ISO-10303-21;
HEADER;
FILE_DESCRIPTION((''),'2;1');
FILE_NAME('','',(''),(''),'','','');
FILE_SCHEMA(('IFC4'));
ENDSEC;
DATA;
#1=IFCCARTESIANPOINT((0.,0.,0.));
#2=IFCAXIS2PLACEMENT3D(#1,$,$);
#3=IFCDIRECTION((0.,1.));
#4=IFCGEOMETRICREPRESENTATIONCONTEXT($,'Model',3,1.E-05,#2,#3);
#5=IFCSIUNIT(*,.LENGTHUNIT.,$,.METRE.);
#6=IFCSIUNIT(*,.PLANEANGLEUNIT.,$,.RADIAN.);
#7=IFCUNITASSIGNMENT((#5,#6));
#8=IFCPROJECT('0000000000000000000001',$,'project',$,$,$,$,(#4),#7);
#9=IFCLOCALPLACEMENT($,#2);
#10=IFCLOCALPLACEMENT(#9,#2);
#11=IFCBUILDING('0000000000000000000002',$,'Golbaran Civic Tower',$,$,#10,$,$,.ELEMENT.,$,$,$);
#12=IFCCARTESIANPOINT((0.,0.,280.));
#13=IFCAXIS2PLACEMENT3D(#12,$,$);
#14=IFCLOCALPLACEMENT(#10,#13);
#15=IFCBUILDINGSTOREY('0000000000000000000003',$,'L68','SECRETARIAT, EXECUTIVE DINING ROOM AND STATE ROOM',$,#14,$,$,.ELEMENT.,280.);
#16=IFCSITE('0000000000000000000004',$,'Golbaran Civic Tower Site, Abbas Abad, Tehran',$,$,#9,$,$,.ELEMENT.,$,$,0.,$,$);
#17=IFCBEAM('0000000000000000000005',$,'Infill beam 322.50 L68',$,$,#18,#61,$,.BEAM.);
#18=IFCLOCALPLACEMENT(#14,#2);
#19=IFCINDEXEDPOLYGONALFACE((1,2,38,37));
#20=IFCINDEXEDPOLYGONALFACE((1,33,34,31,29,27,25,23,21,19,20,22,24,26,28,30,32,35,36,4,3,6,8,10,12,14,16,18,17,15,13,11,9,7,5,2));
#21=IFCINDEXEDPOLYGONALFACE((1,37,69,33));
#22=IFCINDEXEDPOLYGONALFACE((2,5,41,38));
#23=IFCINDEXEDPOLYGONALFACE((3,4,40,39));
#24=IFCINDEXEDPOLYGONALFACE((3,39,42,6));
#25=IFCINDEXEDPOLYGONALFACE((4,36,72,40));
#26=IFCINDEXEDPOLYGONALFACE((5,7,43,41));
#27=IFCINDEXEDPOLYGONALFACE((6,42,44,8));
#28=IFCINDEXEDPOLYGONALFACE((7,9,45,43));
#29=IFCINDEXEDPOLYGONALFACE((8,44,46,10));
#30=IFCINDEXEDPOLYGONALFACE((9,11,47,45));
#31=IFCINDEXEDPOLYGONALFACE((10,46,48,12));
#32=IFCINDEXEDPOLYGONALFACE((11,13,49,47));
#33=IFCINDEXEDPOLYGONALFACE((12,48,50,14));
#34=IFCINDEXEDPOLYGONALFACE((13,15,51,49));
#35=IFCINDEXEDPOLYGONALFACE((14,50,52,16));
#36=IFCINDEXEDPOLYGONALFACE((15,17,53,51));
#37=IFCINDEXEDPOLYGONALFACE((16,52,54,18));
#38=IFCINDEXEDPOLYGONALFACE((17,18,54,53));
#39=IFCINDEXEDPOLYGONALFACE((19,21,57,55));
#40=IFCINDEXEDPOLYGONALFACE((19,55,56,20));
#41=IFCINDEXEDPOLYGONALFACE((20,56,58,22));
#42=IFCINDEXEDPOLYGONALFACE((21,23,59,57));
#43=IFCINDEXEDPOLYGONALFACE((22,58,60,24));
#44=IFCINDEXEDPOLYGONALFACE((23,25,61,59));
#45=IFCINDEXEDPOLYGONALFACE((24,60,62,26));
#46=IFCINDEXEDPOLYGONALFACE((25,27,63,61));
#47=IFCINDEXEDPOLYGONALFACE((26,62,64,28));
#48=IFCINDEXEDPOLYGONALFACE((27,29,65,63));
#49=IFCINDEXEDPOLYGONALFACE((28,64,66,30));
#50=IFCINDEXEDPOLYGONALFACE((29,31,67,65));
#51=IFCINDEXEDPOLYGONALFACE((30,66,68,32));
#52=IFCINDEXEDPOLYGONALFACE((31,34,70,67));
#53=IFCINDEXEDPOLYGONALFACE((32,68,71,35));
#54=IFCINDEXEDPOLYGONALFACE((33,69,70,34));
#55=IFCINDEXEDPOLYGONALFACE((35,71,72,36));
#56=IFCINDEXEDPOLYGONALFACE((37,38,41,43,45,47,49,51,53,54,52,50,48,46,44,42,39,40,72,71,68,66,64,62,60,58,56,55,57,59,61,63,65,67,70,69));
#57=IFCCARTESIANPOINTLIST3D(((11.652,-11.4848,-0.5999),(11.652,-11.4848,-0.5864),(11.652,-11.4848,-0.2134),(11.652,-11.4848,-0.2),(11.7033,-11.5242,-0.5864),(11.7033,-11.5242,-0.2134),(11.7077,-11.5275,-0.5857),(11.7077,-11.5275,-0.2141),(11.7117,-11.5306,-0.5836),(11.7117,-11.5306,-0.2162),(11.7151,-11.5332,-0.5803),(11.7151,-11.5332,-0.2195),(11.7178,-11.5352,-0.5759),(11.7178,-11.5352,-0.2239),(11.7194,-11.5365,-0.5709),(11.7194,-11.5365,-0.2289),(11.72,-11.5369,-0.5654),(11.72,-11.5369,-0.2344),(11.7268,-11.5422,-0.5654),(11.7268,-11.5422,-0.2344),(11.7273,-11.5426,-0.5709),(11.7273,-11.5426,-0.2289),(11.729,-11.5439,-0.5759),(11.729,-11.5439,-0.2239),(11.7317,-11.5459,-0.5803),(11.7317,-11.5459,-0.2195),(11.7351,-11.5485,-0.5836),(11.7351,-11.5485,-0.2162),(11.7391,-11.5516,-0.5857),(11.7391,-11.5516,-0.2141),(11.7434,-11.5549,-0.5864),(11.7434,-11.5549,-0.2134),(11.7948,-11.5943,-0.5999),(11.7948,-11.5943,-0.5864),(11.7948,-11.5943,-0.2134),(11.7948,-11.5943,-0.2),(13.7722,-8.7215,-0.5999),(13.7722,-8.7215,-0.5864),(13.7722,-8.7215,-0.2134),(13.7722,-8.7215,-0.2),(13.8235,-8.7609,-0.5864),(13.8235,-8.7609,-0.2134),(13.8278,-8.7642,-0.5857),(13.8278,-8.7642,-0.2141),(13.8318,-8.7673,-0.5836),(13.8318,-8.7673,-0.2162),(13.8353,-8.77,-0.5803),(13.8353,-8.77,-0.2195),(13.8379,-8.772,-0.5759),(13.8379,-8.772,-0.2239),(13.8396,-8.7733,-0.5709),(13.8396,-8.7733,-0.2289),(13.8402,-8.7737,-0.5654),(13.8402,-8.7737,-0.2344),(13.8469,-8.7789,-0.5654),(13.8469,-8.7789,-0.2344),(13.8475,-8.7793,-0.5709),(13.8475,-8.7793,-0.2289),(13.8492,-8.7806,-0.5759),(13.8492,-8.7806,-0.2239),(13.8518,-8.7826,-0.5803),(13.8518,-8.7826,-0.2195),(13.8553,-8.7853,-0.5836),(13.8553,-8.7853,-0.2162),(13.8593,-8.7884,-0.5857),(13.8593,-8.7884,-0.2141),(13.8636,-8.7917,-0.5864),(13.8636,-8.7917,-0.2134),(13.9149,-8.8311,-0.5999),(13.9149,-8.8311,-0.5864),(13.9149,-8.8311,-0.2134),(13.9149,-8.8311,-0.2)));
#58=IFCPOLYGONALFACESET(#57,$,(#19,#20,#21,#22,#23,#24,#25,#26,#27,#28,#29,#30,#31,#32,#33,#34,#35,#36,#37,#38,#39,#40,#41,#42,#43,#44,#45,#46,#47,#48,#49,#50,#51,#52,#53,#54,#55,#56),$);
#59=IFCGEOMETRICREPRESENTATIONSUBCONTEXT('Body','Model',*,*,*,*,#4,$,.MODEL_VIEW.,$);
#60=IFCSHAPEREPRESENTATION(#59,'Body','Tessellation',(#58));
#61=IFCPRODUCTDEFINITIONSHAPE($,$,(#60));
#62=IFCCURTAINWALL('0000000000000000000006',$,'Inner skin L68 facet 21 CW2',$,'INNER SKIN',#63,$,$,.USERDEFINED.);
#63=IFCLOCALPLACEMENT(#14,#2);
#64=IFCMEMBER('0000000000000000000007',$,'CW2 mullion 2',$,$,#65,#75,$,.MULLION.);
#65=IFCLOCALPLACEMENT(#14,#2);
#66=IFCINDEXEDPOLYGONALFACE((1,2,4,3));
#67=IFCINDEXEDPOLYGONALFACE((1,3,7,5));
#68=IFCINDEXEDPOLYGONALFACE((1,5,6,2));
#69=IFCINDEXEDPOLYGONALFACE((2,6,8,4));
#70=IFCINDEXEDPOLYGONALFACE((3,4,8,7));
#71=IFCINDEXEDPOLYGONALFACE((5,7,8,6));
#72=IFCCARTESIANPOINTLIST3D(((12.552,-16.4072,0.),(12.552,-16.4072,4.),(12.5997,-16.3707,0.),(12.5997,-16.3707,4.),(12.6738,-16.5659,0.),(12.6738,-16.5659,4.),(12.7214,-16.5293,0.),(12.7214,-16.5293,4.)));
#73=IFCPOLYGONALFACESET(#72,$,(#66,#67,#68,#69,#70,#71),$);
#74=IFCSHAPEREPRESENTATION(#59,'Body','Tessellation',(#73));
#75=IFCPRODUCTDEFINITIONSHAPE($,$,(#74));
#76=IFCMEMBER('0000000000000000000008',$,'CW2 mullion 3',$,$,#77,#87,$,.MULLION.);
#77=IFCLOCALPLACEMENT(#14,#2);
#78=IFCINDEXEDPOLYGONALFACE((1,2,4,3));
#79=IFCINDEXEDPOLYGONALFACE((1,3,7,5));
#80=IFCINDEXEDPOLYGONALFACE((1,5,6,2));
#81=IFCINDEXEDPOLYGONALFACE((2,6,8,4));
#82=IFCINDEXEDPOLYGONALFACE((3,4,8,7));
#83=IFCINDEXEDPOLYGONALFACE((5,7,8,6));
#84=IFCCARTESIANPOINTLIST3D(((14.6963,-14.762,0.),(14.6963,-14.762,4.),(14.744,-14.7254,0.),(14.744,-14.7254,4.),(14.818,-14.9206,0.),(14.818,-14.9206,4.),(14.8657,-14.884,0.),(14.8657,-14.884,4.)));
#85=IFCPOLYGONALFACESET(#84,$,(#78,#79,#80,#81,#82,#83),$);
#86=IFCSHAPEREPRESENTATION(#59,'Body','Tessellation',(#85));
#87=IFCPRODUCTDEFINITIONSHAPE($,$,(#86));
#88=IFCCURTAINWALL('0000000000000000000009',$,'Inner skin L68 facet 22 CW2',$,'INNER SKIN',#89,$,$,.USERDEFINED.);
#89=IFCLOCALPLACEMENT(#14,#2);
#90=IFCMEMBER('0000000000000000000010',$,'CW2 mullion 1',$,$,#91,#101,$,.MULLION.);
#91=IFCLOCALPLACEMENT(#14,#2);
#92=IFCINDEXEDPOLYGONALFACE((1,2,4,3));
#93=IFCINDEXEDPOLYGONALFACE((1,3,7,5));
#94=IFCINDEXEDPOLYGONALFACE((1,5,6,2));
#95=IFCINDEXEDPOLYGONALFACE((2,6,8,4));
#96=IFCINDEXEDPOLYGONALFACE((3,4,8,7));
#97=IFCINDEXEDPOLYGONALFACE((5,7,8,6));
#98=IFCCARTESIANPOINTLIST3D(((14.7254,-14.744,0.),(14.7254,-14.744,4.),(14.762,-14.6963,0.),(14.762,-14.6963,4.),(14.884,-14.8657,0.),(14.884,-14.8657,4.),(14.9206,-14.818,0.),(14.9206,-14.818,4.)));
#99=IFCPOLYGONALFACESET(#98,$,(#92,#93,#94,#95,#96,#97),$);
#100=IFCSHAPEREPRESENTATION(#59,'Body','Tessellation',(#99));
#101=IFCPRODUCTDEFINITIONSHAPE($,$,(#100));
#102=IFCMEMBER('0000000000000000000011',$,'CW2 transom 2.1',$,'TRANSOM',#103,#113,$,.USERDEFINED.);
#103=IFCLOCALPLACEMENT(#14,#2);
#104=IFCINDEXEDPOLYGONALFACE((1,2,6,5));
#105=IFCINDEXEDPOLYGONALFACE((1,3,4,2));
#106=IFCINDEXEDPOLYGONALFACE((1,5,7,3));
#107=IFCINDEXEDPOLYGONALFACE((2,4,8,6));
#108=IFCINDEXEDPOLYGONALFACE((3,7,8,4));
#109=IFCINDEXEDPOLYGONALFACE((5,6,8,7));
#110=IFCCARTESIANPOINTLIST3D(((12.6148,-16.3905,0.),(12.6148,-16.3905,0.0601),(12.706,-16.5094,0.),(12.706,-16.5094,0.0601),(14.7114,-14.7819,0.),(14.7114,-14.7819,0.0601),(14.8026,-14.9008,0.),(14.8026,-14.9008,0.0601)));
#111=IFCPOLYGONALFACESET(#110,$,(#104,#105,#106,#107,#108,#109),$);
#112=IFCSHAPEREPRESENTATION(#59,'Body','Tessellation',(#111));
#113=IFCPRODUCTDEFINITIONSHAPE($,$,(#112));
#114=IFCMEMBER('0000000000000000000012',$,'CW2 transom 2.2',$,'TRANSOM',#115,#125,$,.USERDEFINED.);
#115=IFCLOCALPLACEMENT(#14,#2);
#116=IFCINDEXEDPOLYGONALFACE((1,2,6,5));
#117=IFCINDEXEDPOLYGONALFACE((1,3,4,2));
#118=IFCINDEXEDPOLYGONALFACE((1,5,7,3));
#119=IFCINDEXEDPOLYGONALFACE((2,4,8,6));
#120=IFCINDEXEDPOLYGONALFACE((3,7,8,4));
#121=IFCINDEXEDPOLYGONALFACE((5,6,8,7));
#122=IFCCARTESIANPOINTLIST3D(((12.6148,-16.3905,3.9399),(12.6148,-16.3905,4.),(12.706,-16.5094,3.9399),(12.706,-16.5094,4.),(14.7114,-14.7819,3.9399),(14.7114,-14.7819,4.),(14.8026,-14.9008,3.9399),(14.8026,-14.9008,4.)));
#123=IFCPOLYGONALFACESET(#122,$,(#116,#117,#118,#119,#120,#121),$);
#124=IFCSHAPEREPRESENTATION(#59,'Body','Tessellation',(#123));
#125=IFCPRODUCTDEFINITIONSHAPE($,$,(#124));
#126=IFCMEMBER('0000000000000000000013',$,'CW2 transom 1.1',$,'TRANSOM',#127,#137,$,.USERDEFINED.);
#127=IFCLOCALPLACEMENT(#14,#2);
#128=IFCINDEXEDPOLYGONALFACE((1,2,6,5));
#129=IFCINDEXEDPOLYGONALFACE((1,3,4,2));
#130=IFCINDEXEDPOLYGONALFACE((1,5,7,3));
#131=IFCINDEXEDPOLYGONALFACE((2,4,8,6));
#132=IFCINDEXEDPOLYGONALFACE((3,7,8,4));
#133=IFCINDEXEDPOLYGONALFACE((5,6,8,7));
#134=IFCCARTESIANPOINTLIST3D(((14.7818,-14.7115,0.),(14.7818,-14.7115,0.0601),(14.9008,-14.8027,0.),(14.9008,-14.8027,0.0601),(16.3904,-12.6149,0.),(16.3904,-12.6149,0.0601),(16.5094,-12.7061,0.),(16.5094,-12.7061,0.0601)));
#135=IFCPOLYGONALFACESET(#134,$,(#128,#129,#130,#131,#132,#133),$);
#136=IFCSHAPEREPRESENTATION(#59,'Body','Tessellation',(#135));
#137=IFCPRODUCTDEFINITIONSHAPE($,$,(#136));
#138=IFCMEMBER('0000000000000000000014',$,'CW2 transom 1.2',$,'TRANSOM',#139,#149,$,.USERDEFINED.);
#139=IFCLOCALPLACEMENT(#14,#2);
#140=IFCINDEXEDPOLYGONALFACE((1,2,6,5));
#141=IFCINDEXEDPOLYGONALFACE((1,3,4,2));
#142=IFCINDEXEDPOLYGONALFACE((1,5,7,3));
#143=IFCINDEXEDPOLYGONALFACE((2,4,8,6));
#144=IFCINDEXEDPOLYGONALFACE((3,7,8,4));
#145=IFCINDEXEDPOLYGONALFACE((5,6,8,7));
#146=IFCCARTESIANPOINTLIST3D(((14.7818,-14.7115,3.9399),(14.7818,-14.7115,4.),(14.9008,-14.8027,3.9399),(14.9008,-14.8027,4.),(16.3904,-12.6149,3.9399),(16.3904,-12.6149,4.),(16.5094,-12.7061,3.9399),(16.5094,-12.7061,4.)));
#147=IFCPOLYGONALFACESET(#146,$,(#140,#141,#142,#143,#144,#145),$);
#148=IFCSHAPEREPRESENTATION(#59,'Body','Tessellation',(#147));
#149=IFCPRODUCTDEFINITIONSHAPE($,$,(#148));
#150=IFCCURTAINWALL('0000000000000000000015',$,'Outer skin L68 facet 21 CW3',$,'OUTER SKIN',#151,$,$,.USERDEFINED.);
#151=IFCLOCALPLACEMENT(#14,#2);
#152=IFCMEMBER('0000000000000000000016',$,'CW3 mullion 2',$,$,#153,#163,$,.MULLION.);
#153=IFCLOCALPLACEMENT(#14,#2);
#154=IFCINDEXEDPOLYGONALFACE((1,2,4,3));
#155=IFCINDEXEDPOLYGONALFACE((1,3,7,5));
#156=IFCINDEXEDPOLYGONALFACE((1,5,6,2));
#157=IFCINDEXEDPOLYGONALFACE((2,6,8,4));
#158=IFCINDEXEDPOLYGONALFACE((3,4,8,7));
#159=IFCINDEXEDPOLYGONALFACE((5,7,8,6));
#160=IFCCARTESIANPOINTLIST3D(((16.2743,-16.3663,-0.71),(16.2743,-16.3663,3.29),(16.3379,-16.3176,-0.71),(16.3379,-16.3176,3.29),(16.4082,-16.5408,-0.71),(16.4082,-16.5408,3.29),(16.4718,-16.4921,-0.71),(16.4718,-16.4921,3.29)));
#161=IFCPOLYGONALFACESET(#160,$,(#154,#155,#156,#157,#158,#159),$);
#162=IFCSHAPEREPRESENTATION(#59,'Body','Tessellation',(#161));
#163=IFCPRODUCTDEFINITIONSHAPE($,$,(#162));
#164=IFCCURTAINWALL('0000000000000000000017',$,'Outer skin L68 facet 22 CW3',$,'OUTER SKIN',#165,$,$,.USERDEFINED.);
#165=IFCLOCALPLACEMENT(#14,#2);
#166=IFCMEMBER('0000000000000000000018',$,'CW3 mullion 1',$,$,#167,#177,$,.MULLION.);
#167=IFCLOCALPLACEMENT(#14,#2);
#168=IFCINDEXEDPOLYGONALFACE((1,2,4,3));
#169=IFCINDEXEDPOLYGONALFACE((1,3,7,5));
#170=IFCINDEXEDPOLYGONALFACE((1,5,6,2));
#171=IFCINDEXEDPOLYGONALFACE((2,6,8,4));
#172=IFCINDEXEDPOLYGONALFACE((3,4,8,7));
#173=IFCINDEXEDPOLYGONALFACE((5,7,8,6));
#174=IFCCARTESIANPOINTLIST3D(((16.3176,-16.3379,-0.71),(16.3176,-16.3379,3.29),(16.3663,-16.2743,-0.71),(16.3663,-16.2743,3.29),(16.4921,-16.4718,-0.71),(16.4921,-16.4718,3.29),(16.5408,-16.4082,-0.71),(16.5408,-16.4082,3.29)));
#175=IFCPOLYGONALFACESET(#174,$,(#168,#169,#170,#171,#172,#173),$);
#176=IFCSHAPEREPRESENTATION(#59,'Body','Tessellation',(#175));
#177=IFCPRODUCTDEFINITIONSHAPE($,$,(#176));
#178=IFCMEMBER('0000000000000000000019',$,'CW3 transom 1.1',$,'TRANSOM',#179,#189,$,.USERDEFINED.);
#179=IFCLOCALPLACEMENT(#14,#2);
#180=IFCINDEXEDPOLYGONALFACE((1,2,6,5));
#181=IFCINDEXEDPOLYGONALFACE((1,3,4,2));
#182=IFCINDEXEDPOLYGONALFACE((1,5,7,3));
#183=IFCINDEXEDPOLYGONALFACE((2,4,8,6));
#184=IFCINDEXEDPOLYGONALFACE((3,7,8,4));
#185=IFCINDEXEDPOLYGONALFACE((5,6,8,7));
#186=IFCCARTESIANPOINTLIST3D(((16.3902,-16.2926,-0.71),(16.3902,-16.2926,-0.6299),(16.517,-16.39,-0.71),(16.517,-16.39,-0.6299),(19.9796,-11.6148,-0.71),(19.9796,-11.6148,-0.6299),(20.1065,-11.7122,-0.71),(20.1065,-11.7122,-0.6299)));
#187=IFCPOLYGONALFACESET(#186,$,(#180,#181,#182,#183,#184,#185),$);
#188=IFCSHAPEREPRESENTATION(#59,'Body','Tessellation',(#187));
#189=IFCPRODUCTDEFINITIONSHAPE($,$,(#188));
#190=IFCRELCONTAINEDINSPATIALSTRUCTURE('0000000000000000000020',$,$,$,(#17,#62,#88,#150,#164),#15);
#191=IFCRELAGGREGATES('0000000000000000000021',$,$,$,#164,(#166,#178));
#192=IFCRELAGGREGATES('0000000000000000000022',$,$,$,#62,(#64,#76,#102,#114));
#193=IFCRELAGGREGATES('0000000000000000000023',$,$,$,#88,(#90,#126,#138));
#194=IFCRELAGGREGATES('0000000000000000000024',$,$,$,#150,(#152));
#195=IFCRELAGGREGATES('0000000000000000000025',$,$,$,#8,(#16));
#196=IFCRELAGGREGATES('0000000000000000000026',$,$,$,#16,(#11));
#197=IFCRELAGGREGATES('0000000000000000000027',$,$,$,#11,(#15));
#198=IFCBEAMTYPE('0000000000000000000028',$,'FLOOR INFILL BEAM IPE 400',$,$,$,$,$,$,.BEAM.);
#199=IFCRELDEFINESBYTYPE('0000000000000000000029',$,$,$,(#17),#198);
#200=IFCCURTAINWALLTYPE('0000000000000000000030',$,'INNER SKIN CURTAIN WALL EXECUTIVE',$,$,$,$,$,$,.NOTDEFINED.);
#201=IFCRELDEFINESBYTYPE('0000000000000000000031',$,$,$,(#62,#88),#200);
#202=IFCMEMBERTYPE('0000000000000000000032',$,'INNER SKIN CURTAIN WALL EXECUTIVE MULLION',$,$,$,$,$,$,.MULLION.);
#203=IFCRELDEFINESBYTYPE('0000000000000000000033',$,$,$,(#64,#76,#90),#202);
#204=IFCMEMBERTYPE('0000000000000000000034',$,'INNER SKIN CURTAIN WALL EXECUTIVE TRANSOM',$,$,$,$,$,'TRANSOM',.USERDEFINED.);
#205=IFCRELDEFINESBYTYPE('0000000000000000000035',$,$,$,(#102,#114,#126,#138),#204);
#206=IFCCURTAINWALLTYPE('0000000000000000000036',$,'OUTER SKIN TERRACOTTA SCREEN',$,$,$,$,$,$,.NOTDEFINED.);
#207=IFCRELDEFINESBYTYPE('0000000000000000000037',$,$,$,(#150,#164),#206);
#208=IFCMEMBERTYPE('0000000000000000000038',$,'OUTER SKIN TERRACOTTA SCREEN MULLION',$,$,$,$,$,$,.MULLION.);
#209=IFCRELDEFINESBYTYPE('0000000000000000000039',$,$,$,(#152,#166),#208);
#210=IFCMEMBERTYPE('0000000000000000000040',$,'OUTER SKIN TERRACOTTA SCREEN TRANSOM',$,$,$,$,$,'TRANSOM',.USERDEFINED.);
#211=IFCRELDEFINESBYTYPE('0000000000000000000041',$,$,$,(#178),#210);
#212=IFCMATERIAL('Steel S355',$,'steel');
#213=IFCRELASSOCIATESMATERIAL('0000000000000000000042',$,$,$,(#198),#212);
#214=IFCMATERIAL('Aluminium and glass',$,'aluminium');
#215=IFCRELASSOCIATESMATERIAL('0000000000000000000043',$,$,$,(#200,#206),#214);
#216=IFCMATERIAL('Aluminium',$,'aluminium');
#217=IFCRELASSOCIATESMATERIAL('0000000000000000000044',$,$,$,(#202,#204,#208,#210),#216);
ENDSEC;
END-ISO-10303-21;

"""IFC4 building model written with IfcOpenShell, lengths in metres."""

from ifc_helpers import new_model, si_unit, direction, frame, origin, origin_2d, place, context, subcontext, project, spatial, rectangle, i_section, extrude, material, material_profile, profile_set, type_object, element, aggregate, save


model = new_model("IFC4")

# Units and contexts
model_context = context("Model", 3, precision=1e-05, world=origin(), true_north=direction((0.0, 1.0)))
body_context = subcontext(model_context, "Body", "Model", "MODEL_VIEW")
ifc_project = project(units=[si_unit("LENGTHUNIT", "METRE"), si_unit("PLANEANGLEUNIT", "RADIAN")], contexts=[model_context])

# Site, building, storey
site_placement = place(None, origin())
site = spatial("IfcSite", under=ifc_project, at=site_placement, Name="Golbaran Civic Tower Site, Abbas Abad, Tehran", CompositionType="ELEMENT", RefElevation=0.0)
building_placement = place(site_placement, origin())
building = spatial("IfcBuilding", under=site, at=building_placement, Name="Golbaran Civic Tower", CompositionType="ELEMENT")
storey_placement = place(building_placement, frame((0.0, 0.0, 280.0)))
storey = spatial("IfcBuildingStorey", under=building, at=storey_placement, Name="L68", Description="SECRETARIAT, EXECUTIVE DINING ROOM AND STATE ROOM", CompositionType="ELEMENT", Elevation=280.0)

# Beam
ifc_material_1 = material(Name="Steel S355", Category="steel")
ifc_material_profile_1 = material_profile(ifc_material_1, i_section(OverallWidth=0.1799, OverallDepth=0.3999, WebThickness=0.0085, FlangeThickness=0.0134, FilletRadius=0.021, at=origin_2d()), Name="IPE 400")
ifc_profile_set_1 = profile_set([ifc_material_profile_1], Name="Steel S355")
beam_type = type_object("IfcBeamType", Name="FLOOR INFILL BEAM IPE 400", PredefinedType="BEAM", material=ifc_profile_set_1)
beam_placement = place(storey_placement, frame((11.7234, -11.5396, -0.3999), z_axis=(0.608735, 0.793374, 0.0), x_axis=(-0.793374, 0.608735, 0.0)))
element("IfcBeam", 1, at=beam_placement, inside=storey, type_object=beam_type, Name="Infill beam 322.50 L68", PredefinedType="BEAM", context=body_context, shape_type="SweptSolid", body=[
    extrude(i_section(OverallWidth=0.1799, OverallDepth=0.3999, WebThickness=0.0085, FlangeThickness=0.0134, FilletRadius=0.021, at=origin_2d()), origin(), (0.0, 0.0, 1.0), 3.4829),
])

# Curtain wall, members
ifc_material_2 = material(Name="Aluminium and glass", Category="aluminium")
curtain_wall_type_1 = type_object("IfcCurtainWallType", Name="INNER SKIN CURTAIN WALL EXECUTIVE", PredefinedType="NOTDEFINED", material=ifc_material_2)
curtain_wall_1_placement = place(storey_placement, origin())
curtain_wall_1 = element("IfcCurtainWall", 2, at=curtain_wall_1_placement, inside=storey, type_object=curtain_wall_type_1, Name="Inner skin L68 facet 21 CW2", ObjectType="INNER SKIN", PredefinedType="USERDEFINED")
ifc_material_3 = material(Name="Aluminium", Category="aluminium")
ifc_material_profile_2 = material_profile(ifc_material_3, rectangle(XDim=0.2, YDim=0.0601, at=origin_2d()), Name="INNER SKIN CURTAIN WALL EXECUTIVE MULLION")
ifc_profile_set_2 = profile_set([ifc_material_profile_2], Name="Aluminium")
member_type_1 = type_object("IfcMemberType", Name="INNER SKIN CURTAIN WALL EXECUTIVE MULLION", PredefinedType="MULLION", material=ifc_profile_set_2)
member_1_placement = place(storey_placement, frame((12.6367, -16.4683, 0.0), z_axis=(0.0, 0.0, 1.0), x_axis=(-0.608761, 0.793353, 0.0)))
member_1 = element("IfcMember", 3, at=member_1_placement, type_object=member_type_1, Name="CW2 mullion 2", PredefinedType="MULLION", context=body_context, shape_type="SweptSolid", body=[
    extrude(rectangle(XDim=0.2, YDim=0.0601, at=origin_2d()), origin(), (0.0, 0.0, 1.0), 4.0),
])
member_2_placement = place(storey_placement, frame((14.781, -14.823, 0.0), z_axis=(0.0, 0.0, 1.0), x_axis=(-0.608761, 0.793353, 0.0)))
member_2 = element("IfcMember", 4, at=member_2_placement, type_object=member_type_1, Name="CW2 mullion 3", PredefinedType="MULLION", context=body_context, shape_type="SweptSolid", body=[
    extrude(rectangle(XDim=0.2, YDim=0.0601, at=origin_2d()), origin(), (0.0, 0.0, 1.0), 4.0),
])

# Curtain wall, member
curtain_wall_2_placement = place(storey_placement, origin())
curtain_wall_2 = element("IfcCurtainWall", 5, at=curtain_wall_2_placement, inside=storey, type_object=curtain_wall_type_1, Name="Inner skin L68 facet 22 CW2", ObjectType="INNER SKIN", PredefinedType="USERDEFINED")
member_3_placement = place(storey_placement, frame((14.823, -14.781, 0.0), z_axis=(0.0, 0.0, 1.0), x_axis=(-0.793353, 0.608761, 0.0)))
member_3 = element("IfcMember", 6, at=member_3_placement, type_object=member_type_1, Name="CW2 mullion 1", PredefinedType="MULLION", context=body_context, shape_type="SweptSolid", body=[
    extrude(rectangle(XDim=0.2, YDim=0.0601, at=origin_2d()), origin(), (0.0, 0.0, 1.0), 4.0),
])

# Members
ifc_material_profile_3 = material_profile(ifc_material_3, rectangle(XDim=0.1499, YDim=0.0601, at=origin_2d()), Name="INNER SKIN CURTAIN WALL EXECUTIVE TRANSOM")
ifc_profile_set_3 = profile_set([ifc_material_profile_3], Name="Aluminium")
member_type_2 = type_object("IfcMemberType", Name="INNER SKIN CURTAIN WALL EXECUTIVE TRANSOM", ElementType="TRANSOM", PredefinedType="USERDEFINED", material=ifc_profile_set_3)
member_4_placement = place(storey_placement, frame((12.6604, -16.45, 0.03), z_axis=(0.793389, 0.608715, 0.0), x_axis=(-0.608715, 0.793389, 0.0)))
member_4 = element("IfcMember", 7, at=member_4_placement, type_object=member_type_2, Name="CW2 transom 2.1", ObjectType="TRANSOM", PredefinedType="USERDEFINED", context=body_context, shape_type="SweptSolid", body=[
    extrude(rectangle(XDim=0.1499, YDim=0.0601, at=origin_2d()), origin(), (0.0, 0.0, 1.0), 2.6426),
])
member_5_placement = place(storey_placement, frame((12.6604, -16.45, 3.97), z_axis=(0.793389, 0.608715, 0.0), x_axis=(-0.608715, 0.793389, 0.0)))
member_5 = element("IfcMember", 8, at=member_5_placement, type_object=member_type_2, Name="CW2 transom 2.2", ObjectType="TRANSOM", PredefinedType="USERDEFINED", context=body_context, shape_type="SweptSolid", body=[
    extrude(rectangle(XDim=0.1499, YDim=0.0601, at=origin_2d()), origin(), (0.0, 0.0, 1.0), 2.6426),
])
member_6_placement = place(storey_placement, frame((14.8413, -14.7571, 0.03), z_axis=(0.608715, 0.793389, 0.0), x_axis=(-0.793389, 0.608715, 0.0)))
member_6 = element("IfcMember", 9, at=member_6_placement, type_object=member_type_2, Name="CW2 transom 1.1", ObjectType="TRANSOM", PredefinedType="USERDEFINED", context=body_context, shape_type="SweptSolid", body=[
    extrude(rectangle(XDim=0.1499, YDim=0.0601, at=origin_2d()), origin(), (0.0, 0.0, 1.0), 2.6426),
])
member_7_placement = place(storey_placement, frame((14.8413, -14.7571, 3.97), z_axis=(0.608715, 0.793389, 0.0), x_axis=(-0.793389, 0.608715, 0.0)))
member_7 = element("IfcMember", 10, at=member_7_placement, type_object=member_type_2, Name="CW2 transom 1.2", ObjectType="TRANSOM", PredefinedType="USERDEFINED", context=body_context, shape_type="SweptSolid", body=[
    extrude(rectangle(XDim=0.1499, YDim=0.0601, at=origin_2d()), origin(), (0.0, 0.0, 1.0), 2.6426),
])

# Curtain wall, member
curtain_wall_type_2 = type_object("IfcCurtainWallType", Name="OUTER SKIN TERRACOTTA SCREEN", PredefinedType="NOTDEFINED", material=ifc_material_2)
curtain_wall_3_placement = place(storey_placement, origin())
curtain_wall_3 = element("IfcCurtainWall", 11, at=curtain_wall_3_placement, inside=storey, type_object=curtain_wall_type_2, Name="Outer skin L68 facet 21 CW3", ObjectType="OUTER SKIN", PredefinedType="USERDEFINED")
ifc_material_profile_4 = material_profile(ifc_material_3, rectangle(XDim=0.22, YDim=0.0801, at=origin_2d()), Name="OUTER SKIN TERRACOTTA SCREEN MULLION")
ifc_profile_set_4 = profile_set([ifc_material_profile_4], Name="Aluminium")
member_type_3 = type_object("IfcMemberType", Name="OUTER SKIN TERRACOTTA SCREEN MULLION", PredefinedType="MULLION", material=ifc_profile_set_4)
member_8_placement = place(storey_placement, frame((16.373, -16.4292, -0.71), z_axis=(0.0, 0.0, 1.0), x_axis=(-0.608761, 0.793353, 0.0)))
member_8 = element("IfcMember", 12, at=member_8_placement, type_object=member_type_3, Name="CW3 mullion 2", PredefinedType="MULLION", context=body_context, shape_type="SweptSolid", body=[
    extrude(rectangle(XDim=0.22, YDim=0.0801, at=origin_2d()), origin(), (0.0, 0.0, 1.0), 4.0),
])

# Curtain wall, members
curtain_wall_4_placement = place(storey_placement, origin())
curtain_wall_4 = element("IfcCurtainWall", 13, at=curtain_wall_4_placement, inside=storey, type_object=curtain_wall_type_2, Name="Outer skin L68 facet 22 CW3", ObjectType="OUTER SKIN", PredefinedType="USERDEFINED")
member_9_placement = place(storey_placement, frame((16.4292, -16.373, -0.71), z_axis=(0.0, 0.0, 1.0), x_axis=(-0.793353, 0.608761, 0.0)))
member_9 = element("IfcMember", 14, at=member_9_placement, type_object=member_type_3, Name="CW3 mullion 1", PredefinedType="MULLION", context=body_context, shape_type="SweptSolid", body=[
    extrude(rectangle(XDim=0.22, YDim=0.0801, at=origin_2d()), origin(), (0.0, 0.0, 1.0), 4.0),
])
ifc_material_profile_5 = material_profile(ifc_material_3, rectangle(XDim=0.1599, YDim=0.0801, at=origin_2d()), Name="OUTER SKIN TERRACOTTA SCREEN TRANSOM")
ifc_profile_set_5 = profile_set([ifc_material_profile_5], Name="Aluminium")
member_type_4 = type_object("IfcMemberType", Name="OUTER SKIN TERRACOTTA SCREEN TRANSOM", ElementType="TRANSOM", PredefinedType="USERDEFINED", material=ifc_profile_set_5)
member_10_placement = place(storey_placement, frame((16.4536, -16.3413, -0.6699), z_axis=(0.608762, 0.793353, 0.0), x_axis=(-0.793353, 0.608762, 0.0)))
member_10 = element("IfcMember", 15, at=member_10_placement, type_object=member_type_4, Name="CW3 transom 1.1", ObjectType="TRANSOM", PredefinedType="USERDEFINED", context=body_context, shape_type="SweptSolid", body=[
    extrude(rectangle(XDim=0.1599, YDim=0.0801, at=origin_2d()), origin(), (0.0, 0.0, 1.0), 5.8962),
])
aggregate(curtain_wall_4, [member_9, member_10])

aggregate(curtain_wall_1, [member_1, member_2, member_4, member_5])
aggregate(curtain_wall_2, [member_3, member_6, member_7])
aggregate(curtain_wall_3, [member_8])

save(model, "model.ifc")
